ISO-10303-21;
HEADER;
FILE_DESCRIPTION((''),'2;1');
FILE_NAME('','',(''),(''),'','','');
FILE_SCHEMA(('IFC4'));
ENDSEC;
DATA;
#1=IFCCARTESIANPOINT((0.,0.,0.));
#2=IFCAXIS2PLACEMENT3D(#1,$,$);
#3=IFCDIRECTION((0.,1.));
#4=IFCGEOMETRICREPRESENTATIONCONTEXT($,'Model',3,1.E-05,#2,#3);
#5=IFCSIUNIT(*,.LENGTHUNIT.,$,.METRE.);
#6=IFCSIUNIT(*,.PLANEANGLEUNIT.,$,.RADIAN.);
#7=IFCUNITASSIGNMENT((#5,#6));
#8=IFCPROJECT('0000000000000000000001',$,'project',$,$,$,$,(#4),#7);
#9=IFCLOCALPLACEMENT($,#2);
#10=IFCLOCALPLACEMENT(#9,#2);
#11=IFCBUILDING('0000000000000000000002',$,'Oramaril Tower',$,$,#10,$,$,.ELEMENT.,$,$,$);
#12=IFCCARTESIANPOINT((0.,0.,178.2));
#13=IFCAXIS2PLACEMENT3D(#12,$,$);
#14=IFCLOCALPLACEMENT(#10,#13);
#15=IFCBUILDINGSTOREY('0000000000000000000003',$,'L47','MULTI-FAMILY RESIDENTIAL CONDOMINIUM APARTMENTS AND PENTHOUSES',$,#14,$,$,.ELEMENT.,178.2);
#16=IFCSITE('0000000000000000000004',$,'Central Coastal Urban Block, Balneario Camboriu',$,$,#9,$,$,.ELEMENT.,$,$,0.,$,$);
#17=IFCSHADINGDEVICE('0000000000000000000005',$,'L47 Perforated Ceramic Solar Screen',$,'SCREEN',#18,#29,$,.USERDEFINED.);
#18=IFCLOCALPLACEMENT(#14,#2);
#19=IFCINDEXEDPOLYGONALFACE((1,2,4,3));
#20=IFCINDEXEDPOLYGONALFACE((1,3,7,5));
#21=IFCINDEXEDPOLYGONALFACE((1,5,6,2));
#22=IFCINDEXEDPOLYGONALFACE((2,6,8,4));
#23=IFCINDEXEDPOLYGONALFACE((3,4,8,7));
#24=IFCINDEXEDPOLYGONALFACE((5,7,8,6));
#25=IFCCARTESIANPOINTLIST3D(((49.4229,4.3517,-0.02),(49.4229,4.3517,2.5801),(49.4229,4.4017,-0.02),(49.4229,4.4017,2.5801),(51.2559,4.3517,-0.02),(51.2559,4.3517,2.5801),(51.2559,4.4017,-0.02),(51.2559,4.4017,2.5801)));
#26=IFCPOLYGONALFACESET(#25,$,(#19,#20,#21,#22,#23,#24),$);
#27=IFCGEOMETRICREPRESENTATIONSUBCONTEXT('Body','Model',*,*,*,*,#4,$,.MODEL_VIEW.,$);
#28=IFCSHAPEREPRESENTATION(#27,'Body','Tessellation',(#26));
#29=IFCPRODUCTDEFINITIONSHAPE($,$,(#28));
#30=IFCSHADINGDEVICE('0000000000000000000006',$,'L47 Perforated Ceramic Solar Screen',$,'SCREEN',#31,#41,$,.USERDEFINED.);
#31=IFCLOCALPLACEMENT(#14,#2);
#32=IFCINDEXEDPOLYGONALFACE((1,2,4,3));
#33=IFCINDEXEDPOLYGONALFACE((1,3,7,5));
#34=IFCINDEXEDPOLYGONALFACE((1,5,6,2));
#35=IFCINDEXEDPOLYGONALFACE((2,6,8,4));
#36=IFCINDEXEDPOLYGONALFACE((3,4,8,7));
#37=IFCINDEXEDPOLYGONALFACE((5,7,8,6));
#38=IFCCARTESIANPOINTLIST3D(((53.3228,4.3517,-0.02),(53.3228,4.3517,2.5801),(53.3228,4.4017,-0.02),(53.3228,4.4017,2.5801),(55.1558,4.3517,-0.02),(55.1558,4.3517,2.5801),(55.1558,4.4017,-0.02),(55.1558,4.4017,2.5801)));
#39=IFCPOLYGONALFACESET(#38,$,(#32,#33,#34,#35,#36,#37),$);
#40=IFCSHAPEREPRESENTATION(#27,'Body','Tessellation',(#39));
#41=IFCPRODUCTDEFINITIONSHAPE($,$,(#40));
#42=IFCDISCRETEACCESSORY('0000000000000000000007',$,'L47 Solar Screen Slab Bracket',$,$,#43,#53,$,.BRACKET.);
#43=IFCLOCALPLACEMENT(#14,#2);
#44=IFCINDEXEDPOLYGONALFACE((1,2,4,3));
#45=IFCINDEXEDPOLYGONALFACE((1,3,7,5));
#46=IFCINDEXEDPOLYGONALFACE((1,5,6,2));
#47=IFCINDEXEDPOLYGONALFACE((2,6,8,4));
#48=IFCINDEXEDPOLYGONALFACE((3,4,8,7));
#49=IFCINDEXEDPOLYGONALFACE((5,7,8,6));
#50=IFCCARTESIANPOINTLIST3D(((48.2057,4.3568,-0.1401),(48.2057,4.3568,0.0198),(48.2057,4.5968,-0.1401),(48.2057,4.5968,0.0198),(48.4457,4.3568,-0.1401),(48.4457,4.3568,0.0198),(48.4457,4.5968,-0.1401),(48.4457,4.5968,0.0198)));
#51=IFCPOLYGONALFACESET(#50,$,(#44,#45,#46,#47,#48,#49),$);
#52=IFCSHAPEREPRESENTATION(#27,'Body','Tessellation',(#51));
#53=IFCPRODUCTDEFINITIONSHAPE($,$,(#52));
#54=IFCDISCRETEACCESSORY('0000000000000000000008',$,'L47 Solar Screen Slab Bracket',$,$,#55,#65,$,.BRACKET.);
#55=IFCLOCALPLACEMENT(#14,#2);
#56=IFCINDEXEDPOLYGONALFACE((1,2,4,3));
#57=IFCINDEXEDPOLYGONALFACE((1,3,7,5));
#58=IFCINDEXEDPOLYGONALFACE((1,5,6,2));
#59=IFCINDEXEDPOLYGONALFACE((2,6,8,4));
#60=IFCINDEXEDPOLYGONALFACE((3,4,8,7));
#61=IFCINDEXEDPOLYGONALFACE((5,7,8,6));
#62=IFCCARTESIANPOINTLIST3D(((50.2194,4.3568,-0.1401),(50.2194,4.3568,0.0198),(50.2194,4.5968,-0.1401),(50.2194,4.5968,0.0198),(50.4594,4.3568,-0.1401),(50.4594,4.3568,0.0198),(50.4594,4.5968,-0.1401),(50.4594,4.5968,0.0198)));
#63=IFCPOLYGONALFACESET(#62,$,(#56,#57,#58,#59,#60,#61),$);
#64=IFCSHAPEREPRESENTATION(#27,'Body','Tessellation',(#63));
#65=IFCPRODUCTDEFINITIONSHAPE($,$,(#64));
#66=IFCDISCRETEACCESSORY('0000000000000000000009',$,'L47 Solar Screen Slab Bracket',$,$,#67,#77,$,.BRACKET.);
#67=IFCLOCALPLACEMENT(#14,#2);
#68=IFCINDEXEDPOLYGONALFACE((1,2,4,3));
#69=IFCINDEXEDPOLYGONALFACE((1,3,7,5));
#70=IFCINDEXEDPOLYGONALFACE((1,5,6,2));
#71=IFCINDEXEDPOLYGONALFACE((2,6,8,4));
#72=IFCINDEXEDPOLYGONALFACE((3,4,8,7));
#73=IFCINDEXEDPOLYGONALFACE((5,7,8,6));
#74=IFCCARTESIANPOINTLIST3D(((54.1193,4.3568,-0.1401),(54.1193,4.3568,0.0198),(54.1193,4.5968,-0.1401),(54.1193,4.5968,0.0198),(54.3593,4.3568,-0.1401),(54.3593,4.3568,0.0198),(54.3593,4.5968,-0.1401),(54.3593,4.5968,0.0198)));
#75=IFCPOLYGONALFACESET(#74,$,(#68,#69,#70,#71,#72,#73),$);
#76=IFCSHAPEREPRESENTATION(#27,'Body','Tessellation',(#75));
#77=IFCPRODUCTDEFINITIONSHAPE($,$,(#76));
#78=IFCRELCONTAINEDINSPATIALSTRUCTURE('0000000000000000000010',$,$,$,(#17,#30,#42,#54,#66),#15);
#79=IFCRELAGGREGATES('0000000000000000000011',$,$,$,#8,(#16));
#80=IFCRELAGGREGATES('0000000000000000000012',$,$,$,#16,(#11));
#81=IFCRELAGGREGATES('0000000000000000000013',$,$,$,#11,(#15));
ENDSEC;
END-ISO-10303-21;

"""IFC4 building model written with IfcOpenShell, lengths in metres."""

from ifc_helpers import new_model, si_unit, direction, frame, origin, origin_2d, place, context, subcontext, project, spatial, rectangle, extrude, element, save


model = new_model("IFC4")

# Units and contexts
model_context = context("Model", 3, precision=1e-05, world=origin(), true_north=direction((0.0, 1.0)))
body_context = subcontext(model_context, "Body", "Model", "MODEL_VIEW")
ifc_project = project(units=[si_unit("LENGTHUNIT", "METRE"), si_unit("PLANEANGLEUNIT", "RADIAN")], contexts=[model_context])

# Site, building, storey
site_placement = place(None, origin())
site = spatial("IfcSite", under=ifc_project, at=site_placement, Name="Central Coastal Urban Block, Balneario Camboriu", CompositionType="ELEMENT", RefElevation=0.0)
building_placement = place(site_placement, origin())
building = spatial("IfcBuilding", under=site, at=building_placement, Name="Oramaril Tower", CompositionType="ELEMENT")
storey_placement = place(building_placement, frame((0.0, 0.0, 178.2)))
storey = spatial("IfcBuildingStorey", under=building, at=storey_placement, Name="L47", Description="MULTI-FAMILY RESIDENTIAL CONDOMINIUM APARTMENTS AND PENTHOUSES", CompositionType="ELEMENT", Elevation=178.2)

# Shading devices
for number, where, z_axis, x_axis, name in (
    (1, (50.3394, 4.3767, -0.02), (0.0, 0.0, 1.0), (1.0, 0.0, 0.0), "L47 Perforated Ceramic Solar Screen"),
    (2, (54.2393, 4.3767, -0.02), (0.0, 0.0, 1.0), (1.0, 0.0, 0.0), "L47 Perforated Ceramic Solar Screen"),
):
    element("IfcShadingDevice", number, at=place(storey_placement, frame(where, z_axis=z_axis, x_axis=x_axis)), inside=storey, Name=name, ObjectType="SCREEN", PredefinedType="USERDEFINED", context=body_context, shape_type="SweptSolid", body=[
        extrude(rectangle(XDim=1.833, YDim=0.05, at=origin_2d()), origin(), (0.0, 0.0, 1.0), 2.6001),
    ])

# Discrete accessories
for number, where, z_axis, x_axis, name in (
    (3, (48.3257, 4.4768, -0.1401), (0.0, 0.0, 1.0), (1.0, 0.0, 0.0), "L47 Solar Screen Slab Bracket"),
    (4, (50.3394, 4.4768, -0.1401), (0.0, 0.0, 1.0), (1.0, 0.0, 0.0), "L47 Solar Screen Slab Bracket"),
    (5, (54.2393, 4.4768, -0.1401), (0.0, 0.0, 1.0), (1.0, 0.0, 0.0), "L47 Solar Screen Slab Bracket"),
):
    element("IfcDiscreteAccessory", number, at=place(storey_placement, frame(where, z_axis=z_axis, x_axis=x_axis)), inside=storey, Name=name, PredefinedType="BRACKET", context=body_context, shape_type="SweptSolid", body=[
        extrude(rectangle(XDim=0.24, YDim=0.24, at=origin_2d()), origin(), (0.0, 0.0, 1.0), 0.1599),
    ])

save(model, "model.ifc")
